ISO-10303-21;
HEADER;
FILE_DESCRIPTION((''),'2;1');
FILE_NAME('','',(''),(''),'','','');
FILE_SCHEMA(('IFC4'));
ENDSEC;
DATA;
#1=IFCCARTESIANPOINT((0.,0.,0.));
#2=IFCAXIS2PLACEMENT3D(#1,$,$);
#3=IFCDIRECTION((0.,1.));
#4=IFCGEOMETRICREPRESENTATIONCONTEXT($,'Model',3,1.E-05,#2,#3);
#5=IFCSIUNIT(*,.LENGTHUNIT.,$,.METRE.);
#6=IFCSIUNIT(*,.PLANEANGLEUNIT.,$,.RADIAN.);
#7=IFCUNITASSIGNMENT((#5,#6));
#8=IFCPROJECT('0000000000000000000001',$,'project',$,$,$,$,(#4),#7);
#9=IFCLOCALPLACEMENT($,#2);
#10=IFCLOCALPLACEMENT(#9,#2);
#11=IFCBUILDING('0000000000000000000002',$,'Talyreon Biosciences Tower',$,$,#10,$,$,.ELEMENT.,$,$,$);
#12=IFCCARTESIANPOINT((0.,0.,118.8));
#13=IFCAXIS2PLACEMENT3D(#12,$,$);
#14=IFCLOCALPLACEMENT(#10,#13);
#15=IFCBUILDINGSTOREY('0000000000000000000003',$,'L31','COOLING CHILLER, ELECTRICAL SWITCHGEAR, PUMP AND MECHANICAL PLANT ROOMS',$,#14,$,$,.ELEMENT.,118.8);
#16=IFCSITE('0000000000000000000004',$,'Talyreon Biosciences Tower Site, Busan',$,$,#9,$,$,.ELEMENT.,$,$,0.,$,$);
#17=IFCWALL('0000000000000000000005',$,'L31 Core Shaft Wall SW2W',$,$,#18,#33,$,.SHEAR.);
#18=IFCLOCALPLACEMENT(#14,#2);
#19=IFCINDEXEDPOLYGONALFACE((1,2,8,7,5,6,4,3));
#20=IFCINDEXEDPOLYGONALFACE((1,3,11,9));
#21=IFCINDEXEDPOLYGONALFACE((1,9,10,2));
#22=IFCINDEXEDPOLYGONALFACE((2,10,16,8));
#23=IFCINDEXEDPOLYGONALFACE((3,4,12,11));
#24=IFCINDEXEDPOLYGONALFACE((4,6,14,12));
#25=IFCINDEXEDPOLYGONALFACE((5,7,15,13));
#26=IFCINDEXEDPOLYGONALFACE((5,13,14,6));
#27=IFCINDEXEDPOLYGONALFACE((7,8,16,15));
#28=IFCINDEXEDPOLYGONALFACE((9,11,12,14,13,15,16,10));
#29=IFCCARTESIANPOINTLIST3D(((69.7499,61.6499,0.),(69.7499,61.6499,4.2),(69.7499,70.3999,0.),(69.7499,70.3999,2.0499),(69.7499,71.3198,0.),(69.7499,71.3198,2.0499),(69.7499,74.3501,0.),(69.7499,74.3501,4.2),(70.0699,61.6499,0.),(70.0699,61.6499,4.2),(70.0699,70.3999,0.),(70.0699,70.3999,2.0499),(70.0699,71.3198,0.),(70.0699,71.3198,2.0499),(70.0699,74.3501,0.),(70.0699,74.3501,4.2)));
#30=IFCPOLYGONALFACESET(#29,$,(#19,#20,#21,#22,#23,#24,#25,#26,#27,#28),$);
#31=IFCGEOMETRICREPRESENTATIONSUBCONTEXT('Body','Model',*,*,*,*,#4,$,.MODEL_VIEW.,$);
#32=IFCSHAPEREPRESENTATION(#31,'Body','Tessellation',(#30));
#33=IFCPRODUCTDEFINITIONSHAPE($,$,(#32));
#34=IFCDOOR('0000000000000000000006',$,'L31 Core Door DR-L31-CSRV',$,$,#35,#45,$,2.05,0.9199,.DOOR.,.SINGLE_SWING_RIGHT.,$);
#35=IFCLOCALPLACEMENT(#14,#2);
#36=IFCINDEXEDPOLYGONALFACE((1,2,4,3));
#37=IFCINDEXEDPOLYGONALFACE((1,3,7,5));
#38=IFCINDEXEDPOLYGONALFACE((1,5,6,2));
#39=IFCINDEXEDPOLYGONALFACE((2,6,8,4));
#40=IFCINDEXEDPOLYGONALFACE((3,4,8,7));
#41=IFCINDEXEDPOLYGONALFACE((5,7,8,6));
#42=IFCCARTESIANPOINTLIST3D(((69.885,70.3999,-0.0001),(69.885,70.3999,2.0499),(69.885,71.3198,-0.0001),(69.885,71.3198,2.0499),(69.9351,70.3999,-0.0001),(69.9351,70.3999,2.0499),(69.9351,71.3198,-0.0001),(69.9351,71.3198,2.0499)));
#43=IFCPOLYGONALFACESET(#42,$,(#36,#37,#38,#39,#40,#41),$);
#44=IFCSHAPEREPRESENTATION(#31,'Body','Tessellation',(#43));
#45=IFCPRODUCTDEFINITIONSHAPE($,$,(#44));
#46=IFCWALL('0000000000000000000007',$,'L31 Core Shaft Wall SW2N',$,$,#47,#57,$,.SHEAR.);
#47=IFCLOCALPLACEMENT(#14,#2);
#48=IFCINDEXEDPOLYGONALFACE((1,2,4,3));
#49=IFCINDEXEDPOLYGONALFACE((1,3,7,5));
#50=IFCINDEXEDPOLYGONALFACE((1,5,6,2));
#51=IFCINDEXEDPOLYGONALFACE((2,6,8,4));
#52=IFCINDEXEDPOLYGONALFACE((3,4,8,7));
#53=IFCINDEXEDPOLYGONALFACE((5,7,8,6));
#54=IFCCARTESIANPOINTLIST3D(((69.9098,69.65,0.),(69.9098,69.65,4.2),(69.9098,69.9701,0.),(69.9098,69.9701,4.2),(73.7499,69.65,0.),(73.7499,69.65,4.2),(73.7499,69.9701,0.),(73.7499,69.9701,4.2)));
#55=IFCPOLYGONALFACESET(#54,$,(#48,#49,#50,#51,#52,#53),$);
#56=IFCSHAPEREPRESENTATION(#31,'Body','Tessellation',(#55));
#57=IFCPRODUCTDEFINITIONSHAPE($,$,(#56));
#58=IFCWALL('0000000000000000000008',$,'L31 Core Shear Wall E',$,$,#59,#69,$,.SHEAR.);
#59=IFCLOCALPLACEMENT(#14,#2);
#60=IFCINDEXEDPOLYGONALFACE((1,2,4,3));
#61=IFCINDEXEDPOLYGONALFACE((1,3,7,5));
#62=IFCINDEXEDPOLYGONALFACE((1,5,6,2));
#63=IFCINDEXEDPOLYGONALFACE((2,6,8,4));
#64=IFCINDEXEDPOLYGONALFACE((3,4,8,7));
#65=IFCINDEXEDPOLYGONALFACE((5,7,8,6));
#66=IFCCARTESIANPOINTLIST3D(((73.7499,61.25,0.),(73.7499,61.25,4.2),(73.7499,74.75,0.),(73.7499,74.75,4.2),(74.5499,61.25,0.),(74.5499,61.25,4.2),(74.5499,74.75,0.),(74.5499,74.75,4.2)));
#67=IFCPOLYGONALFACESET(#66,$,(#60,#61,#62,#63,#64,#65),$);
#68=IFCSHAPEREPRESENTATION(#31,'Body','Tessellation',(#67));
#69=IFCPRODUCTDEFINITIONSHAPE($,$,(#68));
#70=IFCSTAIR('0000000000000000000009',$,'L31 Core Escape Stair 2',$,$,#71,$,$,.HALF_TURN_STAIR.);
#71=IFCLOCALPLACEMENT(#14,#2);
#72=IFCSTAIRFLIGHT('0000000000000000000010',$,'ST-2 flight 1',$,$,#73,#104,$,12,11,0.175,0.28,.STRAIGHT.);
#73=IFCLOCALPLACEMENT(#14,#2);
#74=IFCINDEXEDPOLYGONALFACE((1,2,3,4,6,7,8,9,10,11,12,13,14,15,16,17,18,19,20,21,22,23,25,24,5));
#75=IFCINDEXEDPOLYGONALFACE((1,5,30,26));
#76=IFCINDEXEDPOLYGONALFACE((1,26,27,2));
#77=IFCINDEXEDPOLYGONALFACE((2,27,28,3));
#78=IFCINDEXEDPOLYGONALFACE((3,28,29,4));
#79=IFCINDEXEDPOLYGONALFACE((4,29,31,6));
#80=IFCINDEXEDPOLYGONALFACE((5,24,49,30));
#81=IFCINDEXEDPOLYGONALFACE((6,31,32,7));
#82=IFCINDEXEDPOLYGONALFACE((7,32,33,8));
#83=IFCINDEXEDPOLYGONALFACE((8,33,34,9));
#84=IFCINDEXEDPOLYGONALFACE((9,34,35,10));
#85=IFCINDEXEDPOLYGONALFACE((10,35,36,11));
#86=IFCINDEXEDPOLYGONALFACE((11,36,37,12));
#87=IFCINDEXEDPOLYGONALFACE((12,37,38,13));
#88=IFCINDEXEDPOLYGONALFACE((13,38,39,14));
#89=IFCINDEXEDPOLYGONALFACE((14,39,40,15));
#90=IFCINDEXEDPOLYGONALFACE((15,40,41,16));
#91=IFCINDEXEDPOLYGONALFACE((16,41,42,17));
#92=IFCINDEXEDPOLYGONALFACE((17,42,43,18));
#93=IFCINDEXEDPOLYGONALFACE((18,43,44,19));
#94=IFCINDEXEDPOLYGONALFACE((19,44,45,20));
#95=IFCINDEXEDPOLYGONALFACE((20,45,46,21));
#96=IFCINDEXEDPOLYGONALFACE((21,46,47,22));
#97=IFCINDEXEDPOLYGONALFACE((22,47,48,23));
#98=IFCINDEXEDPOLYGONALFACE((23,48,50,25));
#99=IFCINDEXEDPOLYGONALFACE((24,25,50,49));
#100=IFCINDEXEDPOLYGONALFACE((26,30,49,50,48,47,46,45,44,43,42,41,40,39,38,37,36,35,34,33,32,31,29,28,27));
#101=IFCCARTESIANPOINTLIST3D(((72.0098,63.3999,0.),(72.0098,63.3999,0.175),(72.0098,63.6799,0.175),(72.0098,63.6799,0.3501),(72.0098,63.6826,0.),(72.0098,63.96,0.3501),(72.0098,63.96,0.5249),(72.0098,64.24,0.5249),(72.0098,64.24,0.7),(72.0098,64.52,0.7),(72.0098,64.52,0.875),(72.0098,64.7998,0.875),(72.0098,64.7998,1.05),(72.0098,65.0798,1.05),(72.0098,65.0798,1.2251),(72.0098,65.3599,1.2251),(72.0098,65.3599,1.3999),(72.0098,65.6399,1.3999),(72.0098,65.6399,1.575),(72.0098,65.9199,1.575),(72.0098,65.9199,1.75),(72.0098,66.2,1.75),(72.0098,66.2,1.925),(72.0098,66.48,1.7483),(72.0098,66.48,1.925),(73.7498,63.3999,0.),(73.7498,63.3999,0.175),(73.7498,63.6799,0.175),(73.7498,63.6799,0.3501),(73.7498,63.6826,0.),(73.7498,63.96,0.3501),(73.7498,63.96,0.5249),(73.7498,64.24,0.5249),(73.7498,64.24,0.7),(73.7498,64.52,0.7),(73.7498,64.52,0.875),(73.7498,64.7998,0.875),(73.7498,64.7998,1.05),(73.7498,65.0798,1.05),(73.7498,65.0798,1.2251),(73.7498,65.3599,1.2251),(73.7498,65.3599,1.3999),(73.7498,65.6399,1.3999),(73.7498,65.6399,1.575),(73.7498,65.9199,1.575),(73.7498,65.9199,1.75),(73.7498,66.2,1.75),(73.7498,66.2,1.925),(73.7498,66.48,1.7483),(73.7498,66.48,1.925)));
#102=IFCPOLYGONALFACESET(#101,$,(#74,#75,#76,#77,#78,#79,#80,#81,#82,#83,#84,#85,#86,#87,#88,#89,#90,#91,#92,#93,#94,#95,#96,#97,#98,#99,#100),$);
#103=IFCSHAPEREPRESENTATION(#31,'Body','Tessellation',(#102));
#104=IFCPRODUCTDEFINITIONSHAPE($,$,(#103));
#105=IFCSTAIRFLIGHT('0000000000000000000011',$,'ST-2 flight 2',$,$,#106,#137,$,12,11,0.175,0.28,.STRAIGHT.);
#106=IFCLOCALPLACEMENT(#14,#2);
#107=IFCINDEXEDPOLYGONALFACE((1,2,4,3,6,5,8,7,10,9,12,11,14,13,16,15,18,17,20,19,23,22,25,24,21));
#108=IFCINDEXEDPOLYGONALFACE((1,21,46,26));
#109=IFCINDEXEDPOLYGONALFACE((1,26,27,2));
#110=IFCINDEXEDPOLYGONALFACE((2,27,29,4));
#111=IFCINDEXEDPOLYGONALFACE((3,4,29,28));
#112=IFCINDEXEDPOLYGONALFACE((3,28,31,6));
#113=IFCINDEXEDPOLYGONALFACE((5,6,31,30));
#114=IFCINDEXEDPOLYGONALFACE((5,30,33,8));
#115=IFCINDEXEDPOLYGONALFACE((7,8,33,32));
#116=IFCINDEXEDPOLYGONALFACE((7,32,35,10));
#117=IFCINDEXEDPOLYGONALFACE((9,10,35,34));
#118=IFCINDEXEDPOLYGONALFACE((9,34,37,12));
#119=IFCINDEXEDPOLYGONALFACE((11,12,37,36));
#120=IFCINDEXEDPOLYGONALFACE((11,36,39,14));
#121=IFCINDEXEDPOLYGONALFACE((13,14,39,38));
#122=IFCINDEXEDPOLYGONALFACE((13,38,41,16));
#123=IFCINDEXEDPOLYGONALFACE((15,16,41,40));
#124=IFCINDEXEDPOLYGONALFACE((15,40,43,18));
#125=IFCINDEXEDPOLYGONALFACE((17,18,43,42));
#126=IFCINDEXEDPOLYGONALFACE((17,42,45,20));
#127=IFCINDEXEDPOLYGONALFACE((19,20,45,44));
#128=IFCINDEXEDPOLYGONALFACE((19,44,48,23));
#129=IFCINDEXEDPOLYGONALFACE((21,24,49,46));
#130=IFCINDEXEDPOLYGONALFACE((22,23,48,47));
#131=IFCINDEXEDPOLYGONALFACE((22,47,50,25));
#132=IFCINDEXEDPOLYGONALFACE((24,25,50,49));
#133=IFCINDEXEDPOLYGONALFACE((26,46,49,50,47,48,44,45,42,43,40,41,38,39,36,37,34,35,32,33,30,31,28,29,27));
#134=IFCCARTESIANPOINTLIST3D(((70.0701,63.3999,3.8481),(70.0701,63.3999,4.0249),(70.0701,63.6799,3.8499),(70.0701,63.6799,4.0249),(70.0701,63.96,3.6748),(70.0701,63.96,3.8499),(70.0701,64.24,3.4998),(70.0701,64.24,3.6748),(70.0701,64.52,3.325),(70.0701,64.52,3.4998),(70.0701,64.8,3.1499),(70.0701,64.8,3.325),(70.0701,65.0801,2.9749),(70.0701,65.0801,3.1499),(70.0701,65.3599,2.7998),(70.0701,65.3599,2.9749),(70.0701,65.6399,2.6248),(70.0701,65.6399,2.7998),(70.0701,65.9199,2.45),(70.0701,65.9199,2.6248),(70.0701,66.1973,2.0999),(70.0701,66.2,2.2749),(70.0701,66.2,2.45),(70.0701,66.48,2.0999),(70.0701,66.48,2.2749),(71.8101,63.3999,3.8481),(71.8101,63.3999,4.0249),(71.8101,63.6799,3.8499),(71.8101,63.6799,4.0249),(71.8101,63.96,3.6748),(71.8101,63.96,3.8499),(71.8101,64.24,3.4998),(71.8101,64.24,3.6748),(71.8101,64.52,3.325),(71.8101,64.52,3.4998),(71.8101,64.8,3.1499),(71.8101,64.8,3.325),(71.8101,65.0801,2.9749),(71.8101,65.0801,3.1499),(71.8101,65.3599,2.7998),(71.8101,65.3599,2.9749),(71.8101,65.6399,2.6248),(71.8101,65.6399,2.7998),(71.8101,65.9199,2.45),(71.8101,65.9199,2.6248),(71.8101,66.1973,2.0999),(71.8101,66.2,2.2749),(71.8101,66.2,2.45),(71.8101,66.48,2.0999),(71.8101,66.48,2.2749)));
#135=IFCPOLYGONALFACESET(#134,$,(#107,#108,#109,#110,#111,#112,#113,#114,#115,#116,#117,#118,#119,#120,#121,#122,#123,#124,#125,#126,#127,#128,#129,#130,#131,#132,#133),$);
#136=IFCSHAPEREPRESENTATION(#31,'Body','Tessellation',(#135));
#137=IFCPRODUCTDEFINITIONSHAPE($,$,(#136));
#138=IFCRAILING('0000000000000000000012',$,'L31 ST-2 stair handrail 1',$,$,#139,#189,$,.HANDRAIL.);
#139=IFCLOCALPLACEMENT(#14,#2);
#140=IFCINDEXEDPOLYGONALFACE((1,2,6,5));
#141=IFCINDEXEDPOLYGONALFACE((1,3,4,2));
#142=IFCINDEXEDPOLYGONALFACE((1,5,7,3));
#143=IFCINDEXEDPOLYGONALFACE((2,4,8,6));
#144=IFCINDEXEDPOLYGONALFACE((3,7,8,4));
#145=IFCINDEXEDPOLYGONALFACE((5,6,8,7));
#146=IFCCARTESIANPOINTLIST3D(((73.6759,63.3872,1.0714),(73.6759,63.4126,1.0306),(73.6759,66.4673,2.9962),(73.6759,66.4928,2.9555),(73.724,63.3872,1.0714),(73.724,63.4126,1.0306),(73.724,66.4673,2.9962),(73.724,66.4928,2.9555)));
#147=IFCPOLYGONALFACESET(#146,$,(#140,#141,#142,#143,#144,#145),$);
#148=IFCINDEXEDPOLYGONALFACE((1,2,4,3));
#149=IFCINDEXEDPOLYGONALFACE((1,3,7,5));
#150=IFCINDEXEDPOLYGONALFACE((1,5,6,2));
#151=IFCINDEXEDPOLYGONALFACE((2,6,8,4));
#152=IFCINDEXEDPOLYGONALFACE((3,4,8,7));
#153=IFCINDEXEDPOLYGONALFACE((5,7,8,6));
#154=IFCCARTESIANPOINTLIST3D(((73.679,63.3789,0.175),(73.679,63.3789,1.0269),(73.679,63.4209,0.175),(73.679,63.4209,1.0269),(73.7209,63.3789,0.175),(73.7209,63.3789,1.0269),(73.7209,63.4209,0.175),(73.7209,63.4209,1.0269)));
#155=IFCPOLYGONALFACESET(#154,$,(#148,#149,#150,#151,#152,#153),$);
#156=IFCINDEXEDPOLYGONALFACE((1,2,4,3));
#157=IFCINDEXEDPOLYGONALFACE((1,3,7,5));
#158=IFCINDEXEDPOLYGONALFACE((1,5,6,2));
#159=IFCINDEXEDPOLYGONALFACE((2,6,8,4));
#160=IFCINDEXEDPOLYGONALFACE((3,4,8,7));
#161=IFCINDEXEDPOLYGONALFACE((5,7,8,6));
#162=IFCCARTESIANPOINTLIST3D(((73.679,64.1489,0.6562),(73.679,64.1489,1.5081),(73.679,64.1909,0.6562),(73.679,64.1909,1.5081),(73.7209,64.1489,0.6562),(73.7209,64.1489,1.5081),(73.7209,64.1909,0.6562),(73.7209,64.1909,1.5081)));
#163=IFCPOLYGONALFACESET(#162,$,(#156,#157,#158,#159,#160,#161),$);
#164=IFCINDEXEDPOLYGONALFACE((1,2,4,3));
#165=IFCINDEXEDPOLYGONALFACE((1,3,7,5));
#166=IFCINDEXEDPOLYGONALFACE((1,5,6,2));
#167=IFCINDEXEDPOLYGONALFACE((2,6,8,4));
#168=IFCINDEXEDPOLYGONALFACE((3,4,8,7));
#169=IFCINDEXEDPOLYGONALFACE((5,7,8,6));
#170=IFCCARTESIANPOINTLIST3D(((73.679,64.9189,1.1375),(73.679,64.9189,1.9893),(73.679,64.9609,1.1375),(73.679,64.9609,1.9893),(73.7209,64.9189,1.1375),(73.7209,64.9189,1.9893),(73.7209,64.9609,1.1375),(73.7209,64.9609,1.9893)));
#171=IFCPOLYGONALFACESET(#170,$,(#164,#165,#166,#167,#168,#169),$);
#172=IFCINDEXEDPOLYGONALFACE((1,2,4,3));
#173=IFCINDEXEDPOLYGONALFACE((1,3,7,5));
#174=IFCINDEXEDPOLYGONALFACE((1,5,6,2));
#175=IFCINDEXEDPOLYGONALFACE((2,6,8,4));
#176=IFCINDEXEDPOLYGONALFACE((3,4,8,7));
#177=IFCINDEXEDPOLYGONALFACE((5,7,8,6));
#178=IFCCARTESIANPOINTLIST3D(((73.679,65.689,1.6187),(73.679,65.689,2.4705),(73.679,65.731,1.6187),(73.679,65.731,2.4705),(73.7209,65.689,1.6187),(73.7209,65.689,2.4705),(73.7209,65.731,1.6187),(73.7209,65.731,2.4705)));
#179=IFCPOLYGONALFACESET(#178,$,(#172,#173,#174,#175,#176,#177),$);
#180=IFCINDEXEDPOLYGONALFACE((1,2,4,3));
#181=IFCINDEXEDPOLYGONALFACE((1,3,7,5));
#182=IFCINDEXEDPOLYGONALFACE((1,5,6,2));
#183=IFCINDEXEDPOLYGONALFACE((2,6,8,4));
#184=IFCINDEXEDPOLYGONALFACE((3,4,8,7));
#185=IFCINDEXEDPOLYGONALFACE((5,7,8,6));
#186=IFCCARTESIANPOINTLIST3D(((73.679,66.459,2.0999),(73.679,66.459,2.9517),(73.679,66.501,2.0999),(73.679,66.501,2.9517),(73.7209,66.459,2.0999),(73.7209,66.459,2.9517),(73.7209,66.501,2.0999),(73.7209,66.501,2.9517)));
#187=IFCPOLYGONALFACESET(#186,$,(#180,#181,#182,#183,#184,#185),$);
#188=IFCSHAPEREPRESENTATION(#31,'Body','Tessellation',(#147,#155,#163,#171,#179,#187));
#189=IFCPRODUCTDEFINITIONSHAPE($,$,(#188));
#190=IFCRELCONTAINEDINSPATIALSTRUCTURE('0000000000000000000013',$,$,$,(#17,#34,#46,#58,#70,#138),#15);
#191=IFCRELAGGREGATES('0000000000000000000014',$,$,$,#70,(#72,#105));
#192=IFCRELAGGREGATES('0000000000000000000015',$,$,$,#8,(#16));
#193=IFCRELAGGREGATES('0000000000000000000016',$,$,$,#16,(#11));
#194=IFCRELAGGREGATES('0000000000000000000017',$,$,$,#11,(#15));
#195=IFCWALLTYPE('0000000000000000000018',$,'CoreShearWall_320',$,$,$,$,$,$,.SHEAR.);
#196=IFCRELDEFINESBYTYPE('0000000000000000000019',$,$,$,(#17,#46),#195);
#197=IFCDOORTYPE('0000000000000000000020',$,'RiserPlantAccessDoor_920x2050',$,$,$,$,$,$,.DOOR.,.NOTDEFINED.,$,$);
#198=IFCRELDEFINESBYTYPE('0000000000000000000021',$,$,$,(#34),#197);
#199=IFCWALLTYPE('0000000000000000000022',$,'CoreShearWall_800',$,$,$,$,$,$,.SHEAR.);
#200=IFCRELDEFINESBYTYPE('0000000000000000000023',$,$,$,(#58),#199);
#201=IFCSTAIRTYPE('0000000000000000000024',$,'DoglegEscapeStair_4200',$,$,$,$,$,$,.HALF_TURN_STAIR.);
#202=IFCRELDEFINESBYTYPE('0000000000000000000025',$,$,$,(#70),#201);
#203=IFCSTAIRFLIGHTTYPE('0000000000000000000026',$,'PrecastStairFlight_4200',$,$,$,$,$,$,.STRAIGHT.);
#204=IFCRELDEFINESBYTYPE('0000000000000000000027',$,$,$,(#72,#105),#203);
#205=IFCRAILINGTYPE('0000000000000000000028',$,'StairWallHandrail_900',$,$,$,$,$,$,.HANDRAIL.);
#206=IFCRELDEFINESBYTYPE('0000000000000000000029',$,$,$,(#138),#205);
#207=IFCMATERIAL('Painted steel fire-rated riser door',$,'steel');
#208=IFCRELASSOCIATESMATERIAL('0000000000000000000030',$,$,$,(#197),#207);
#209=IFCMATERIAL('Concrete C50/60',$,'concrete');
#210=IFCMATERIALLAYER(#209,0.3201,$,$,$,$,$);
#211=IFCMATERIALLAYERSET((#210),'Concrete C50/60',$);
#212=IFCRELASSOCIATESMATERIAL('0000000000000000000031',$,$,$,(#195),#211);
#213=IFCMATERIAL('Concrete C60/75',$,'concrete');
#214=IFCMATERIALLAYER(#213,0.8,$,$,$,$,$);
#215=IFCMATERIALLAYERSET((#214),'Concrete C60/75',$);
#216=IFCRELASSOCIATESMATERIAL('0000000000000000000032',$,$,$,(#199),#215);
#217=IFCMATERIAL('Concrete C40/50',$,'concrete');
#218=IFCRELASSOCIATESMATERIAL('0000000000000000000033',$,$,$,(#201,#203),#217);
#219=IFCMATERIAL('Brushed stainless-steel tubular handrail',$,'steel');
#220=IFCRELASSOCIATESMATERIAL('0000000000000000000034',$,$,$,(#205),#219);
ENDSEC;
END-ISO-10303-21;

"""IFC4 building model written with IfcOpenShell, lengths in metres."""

from ifc_helpers import new_model, si_unit, direction, frame, frame_2d, origin, origin_2d, place, context, subcontext, project, spatial, polyline, rectangle, outline, extrude, material, layer, layer_set, type_object, element, fill, aggregate, save


model = new_model("IFC4")

# Units and contexts
model_context = context("Model", 3, precision=1e-05, world=origin(), true_north=direction((0.0, 1.0)))
body_context = subcontext(model_context, "Body", "Model", "MODEL_VIEW")
ifc_project = project(units=[si_unit("LENGTHUNIT", "METRE"), si_unit("PLANEANGLEUNIT", "RADIAN")], contexts=[model_context])

# Site, building, storey
site_placement = place(None, origin())
site = spatial("IfcSite", under=ifc_project, at=site_placement, Name="Talyreon Biosciences Tower Site, Busan", CompositionType="ELEMENT", RefElevation=0.0)
building_placement = place(site_placement, origin())
building = spatial("IfcBuilding", under=site, at=building_placement, Name="Talyreon Biosciences Tower", CompositionType="ELEMENT")
storey_placement = place(building_placement, frame((0.0, 0.0, 118.8)))
storey = spatial("IfcBuildingStorey", under=building, at=storey_placement, Name="L31", Description="COOLING CHILLER, ELECTRICAL SWITCHGEAR, PUMP AND MECHANICAL PLANT ROOMS", CompositionType="ELEMENT", Elevation=118.8)

# Shared definitions
ifc_material_1 = material(Name="Concrete C50/60", Category="concrete")

# Shared definitions
ifc_material_2 = material(Name="Painted steel fire-rated riser door", Category="steel")
door_type = type_object("IfcDoorType", Name="RiserPlantAccessDoor_920x2050", OperationType="NOTDEFINED", PredefinedType="DOOR", material=ifc_material_2)

# Wall, opening, door
ifc_layer_1 = layer(ifc_material_1, 0.3201)
ifc_layer_set_1 = layer_set([ifc_layer_1], Name="Concrete C50/60")
wall_type_1 = type_object("IfcWallType", Name="CoreShearWall_320", PredefinedType="SHEAR", material=ifc_layer_set_1)
wall_1_placement = place(storey_placement, frame((69.9099, 61.6499, 0.0), z_axis=(0.0, 0.0, 1.0), x_axis=(0.0, 1.0, 0.0)))
wall_1 = element("IfcWall", 1, at=wall_1_placement, inside=storey, type_object=wall_type_1, Name="L31 Core Shaft Wall SW2W", PredefinedType="SHEAR", context=body_context, shape_type="SweptSolid", body=[
    extrude(rectangle(XDim=12.7002, YDim=0.3201, at=frame_2d((6.3501, 0.0))), origin(), (0.0, 0.0, 1.0), 4.2),
])
opening_1_placement = place(wall_1_placement, frame((8.75, 0.0, 0.0)))
opening_1 = element("IfcOpeningElement", 2, at=opening_1_placement, cuts=wall_1, PredefinedType="OPENING", context=body_context, shape_type="SweptSolid", body=[
    extrude(rectangle(XDim=0.9199, YDim=2.05, at=frame_2d((0.46, 1.0249))), frame((0.0, 0.1699, 0.0), z_axis=(0.0, -1.0, 0.0), x_axis=(1.0, 0.0, 0.0)), (0.0, 0.0, 1.0), 0.3401),
])
door_1_placement = place(opening_1_placement, origin())
door_1 = element("IfcDoor", 3, at=door_1_placement, inside=storey, type_object=door_type, Name="L31 Core Door DR-L31-CSRV", OperationType="SINGLE_SWING_RIGHT", OverallHeight=2.05, OverallWidth=0.9199, PredefinedType="DOOR", context=body_context, shape_type="SweptSolid", body=[
    extrude(rectangle(XDim=0.9199, YDim=2.05, at=frame_2d((0.46, 1.0249))), frame((0.0, 0.0249, 0.0), z_axis=(0.0, -1.0, 0.0), x_axis=(1.0, 0.0, 0.0)), (0.0, 0.0, 1.0), 0.05),
])
fill(opening_1, door_1)

# Walls
wall_2_placement = place(storey_placement, frame((69.9099, 69.8101, 0.0), z_axis=(0.0, 0.0, 1.0), x_axis=(1.0, 0.0, 0.0)))
element("IfcWall", 4, at=wall_2_placement, inside=storey, type_object=wall_type_1, Name="L31 Core Shaft Wall SW2N", PredefinedType="SHEAR", context=body_context, shape_type="SweptSolid", body=[
    extrude(rectangle(XDim=3.8401, YDim=0.3201, at=frame_2d((1.9199, 0.0))), origin(), (0.0, 0.0, 1.0), 4.2),
])
ifc_material_3 = material(Name="Concrete C60/75", Category="concrete")
ifc_layer_2 = layer(ifc_material_3, 0.8)
ifc_layer_set_2 = layer_set([ifc_layer_2], Name="Concrete C60/75")
wall_type_2 = type_object("IfcWallType", Name="CoreShearWall_800", PredefinedType="SHEAR", material=ifc_layer_set_2)
wall_3_placement = place(storey_placement, frame((74.1499, 61.25, 0.0), z_axis=(0.0, 0.0, 1.0), x_axis=(0.0, 1.0, 0.0)))
element("IfcWall", 5, at=wall_3_placement, inside=storey, type_object=wall_type_2, Name="L31 Core Shear Wall E", PredefinedType="SHEAR", context=body_context, shape_type="SweptSolid", body=[
    extrude(rectangle(XDim=13.5, YDim=0.8, at=frame_2d((6.75, 0.0))), origin(), (0.0, 0.0, 1.0), 4.2),
])

# Stair, stair flights
ifc_material_4 = material(Name="Concrete C40/50", Category="concrete")
stair_type = type_object("IfcStairType", Name="DoglegEscapeStair_4200", PredefinedType="HALF_TURN_STAIR", material=ifc_material_4)
stair_placement = place(storey_placement, origin())
stair = element("IfcStair", 6, at=stair_placement, inside=storey, type_object=stair_type, Name="L31 Core Escape Stair 2", PredefinedType="HALF_TURN_STAIR")
stair_flight_type = type_object("IfcStairFlightType", Name="PrecastStairFlight_4200", PredefinedType="STRAIGHT", material=ifc_material_4)
stair_flight_1_placement = place(storey_placement, frame((72.8799, 63.3999, 0.0), z_axis=(0.0, 0.0, 1.0), x_axis=(0.0, 1.0, 0.0)))
stair_flight_1 = element("IfcStairFlight", 7, at=stair_flight_1_placement, type_object=stair_flight_type, Name="ST-2 flight 1", NumberOfRisers=12, NumberOfTreads=11, PredefinedType="STRAIGHT", RiserHeight=0.175, TreadLength=0.28, context=body_context, shape_type="SweptSolid", body=[
    extrude(outline(polyline([(0.0, 0.0), (0.0, 0.175), (0.28, 0.175), (0.28, 0.3501), (0.5601, 0.3501), (0.5601, 0.5249), (0.8401, 0.5249), (0.8401, 0.7), (1.1201, 0.7), (1.1201, 0.875), (1.3999, 0.875), (1.3999, 1.05), (1.6799, 1.05), (1.6799, 1.2251), (1.96, 1.2251), (1.96, 1.3999), (2.24, 1.3999), (2.24, 1.575), (2.52, 1.575), (2.52, 1.75), (2.8, 1.75), (2.8, 1.925), (3.0801, 1.925), (3.0801, 2.1001), (3.0801, 1.7483), (0.2827, 0.0), (0.0, 0.0)])), frame((0.0, 0.8701, 0.0), z_axis=(0.0, -1.0, 0.0), x_axis=(1.0, 0.0, 0.0)), (0.0, 0.0, 1.0), 1.74),
])
stair_flight_2_placement = place(storey_placement, frame((70.9399, 66.48, 2.0999), z_axis=(0.0, 0.0, 1.0), x_axis=(0.0, -1.0, 0.0)))
stair_flight_2 = element("IfcStairFlight", 8, at=stair_flight_2_placement, type_object=stair_flight_type, Name="ST-2 flight 2", NumberOfRisers=12, NumberOfTreads=11, PredefinedType="STRAIGHT", RiserHeight=0.175, TreadLength=0.28, context=body_context, shape_type="SweptSolid", body=[
    extrude(outline(polyline([(0.0, 0.0), (0.0, 0.175), (0.28, 0.175), (0.28, 0.3501), (0.5601, 0.3501), (0.5601, 0.5249), (0.8401, 0.5249), (0.8401, 0.7), (1.1201, 0.7), (1.1201, 0.875), (1.3999, 0.875), (1.3999, 1.05), (1.6799, 1.05), (1.6799, 1.2251), (1.96, 1.2251), (1.96, 1.3999), (2.24, 1.3999), (2.24, 1.575), (2.52, 1.575), (2.52, 1.75), (2.8, 1.75), (2.8, 1.925), (3.0801, 1.925), (3.0801, 2.1001), (3.0801, 1.7483), (0.2827, 0.0), (0.0, 0.0)])), frame((0.0, 0.8701, 0.0), z_axis=(0.0, -1.0, 0.0), x_axis=(1.0, 0.0, 0.0)), (0.0, 0.0, 1.0), 1.74),
])
aggregate(stair, [stair_flight_1, stair_flight_2])

# Railing
ifc_material_5 = material(Name="Brushed stainless-steel tubular handrail", Category="steel")
railing_type_1 = type_object("IfcRailingType", Name="StairWallHandrail_900", PredefinedType="HANDRAIL", material=ifc_material_5)
railing_1_placement = place(storey_placement, frame((73.7, 63.3999, 0.175)))
element("IfcRailing", 9, at=railing_1_placement, inside=storey, type_object=railing_type_1, Name="L31 ST-2 stair handrail 1", PredefinedType="HANDRAIL", context=body_context, shape_type="SweptSolid", body=[
    extrude(rectangle(XDim=0.0481, YDim=0.0481, at=origin_2d()), frame((0.0, 0.0, 0.876), z_axis=(0.0, 0.848029, 0.529951), x_axis=(-1.0, 0.0, 0.0)), (0.0, 0.0, 1.0), 3.6321),
    extrude(rectangle(XDim=0.042, YDim=0.042, at=origin_2d()), origin(), (0.0, 0.0, 1.0), 0.8518),
    extrude(rectangle(XDim=0.042, YDim=0.042, at=origin_2d()), frame((0.0, 0.77, 0.4812)), (0.0, 0.0, 1.0), 0.8518),
    extrude(rectangle(XDim=0.042, YDim=0.042, at=origin_2d()), frame((0.0, 1.54, 0.9624)), (0.0, 0.0, 1.0), 0.8518),
    extrude(rectangle(XDim=0.042, YDim=0.042, at=origin_2d()), frame((0.0, 2.3101, 1.4436)), (0.0, 0.0, 1.0), 0.8518),
    extrude(rectangle(XDim=0.042, YDim=0.042, at=origin_2d()), frame((0.0, 3.0801, 1.9248)), (0.0, 0.0, 1.0), 0.8518),
])

save(model, "model.ifc")
